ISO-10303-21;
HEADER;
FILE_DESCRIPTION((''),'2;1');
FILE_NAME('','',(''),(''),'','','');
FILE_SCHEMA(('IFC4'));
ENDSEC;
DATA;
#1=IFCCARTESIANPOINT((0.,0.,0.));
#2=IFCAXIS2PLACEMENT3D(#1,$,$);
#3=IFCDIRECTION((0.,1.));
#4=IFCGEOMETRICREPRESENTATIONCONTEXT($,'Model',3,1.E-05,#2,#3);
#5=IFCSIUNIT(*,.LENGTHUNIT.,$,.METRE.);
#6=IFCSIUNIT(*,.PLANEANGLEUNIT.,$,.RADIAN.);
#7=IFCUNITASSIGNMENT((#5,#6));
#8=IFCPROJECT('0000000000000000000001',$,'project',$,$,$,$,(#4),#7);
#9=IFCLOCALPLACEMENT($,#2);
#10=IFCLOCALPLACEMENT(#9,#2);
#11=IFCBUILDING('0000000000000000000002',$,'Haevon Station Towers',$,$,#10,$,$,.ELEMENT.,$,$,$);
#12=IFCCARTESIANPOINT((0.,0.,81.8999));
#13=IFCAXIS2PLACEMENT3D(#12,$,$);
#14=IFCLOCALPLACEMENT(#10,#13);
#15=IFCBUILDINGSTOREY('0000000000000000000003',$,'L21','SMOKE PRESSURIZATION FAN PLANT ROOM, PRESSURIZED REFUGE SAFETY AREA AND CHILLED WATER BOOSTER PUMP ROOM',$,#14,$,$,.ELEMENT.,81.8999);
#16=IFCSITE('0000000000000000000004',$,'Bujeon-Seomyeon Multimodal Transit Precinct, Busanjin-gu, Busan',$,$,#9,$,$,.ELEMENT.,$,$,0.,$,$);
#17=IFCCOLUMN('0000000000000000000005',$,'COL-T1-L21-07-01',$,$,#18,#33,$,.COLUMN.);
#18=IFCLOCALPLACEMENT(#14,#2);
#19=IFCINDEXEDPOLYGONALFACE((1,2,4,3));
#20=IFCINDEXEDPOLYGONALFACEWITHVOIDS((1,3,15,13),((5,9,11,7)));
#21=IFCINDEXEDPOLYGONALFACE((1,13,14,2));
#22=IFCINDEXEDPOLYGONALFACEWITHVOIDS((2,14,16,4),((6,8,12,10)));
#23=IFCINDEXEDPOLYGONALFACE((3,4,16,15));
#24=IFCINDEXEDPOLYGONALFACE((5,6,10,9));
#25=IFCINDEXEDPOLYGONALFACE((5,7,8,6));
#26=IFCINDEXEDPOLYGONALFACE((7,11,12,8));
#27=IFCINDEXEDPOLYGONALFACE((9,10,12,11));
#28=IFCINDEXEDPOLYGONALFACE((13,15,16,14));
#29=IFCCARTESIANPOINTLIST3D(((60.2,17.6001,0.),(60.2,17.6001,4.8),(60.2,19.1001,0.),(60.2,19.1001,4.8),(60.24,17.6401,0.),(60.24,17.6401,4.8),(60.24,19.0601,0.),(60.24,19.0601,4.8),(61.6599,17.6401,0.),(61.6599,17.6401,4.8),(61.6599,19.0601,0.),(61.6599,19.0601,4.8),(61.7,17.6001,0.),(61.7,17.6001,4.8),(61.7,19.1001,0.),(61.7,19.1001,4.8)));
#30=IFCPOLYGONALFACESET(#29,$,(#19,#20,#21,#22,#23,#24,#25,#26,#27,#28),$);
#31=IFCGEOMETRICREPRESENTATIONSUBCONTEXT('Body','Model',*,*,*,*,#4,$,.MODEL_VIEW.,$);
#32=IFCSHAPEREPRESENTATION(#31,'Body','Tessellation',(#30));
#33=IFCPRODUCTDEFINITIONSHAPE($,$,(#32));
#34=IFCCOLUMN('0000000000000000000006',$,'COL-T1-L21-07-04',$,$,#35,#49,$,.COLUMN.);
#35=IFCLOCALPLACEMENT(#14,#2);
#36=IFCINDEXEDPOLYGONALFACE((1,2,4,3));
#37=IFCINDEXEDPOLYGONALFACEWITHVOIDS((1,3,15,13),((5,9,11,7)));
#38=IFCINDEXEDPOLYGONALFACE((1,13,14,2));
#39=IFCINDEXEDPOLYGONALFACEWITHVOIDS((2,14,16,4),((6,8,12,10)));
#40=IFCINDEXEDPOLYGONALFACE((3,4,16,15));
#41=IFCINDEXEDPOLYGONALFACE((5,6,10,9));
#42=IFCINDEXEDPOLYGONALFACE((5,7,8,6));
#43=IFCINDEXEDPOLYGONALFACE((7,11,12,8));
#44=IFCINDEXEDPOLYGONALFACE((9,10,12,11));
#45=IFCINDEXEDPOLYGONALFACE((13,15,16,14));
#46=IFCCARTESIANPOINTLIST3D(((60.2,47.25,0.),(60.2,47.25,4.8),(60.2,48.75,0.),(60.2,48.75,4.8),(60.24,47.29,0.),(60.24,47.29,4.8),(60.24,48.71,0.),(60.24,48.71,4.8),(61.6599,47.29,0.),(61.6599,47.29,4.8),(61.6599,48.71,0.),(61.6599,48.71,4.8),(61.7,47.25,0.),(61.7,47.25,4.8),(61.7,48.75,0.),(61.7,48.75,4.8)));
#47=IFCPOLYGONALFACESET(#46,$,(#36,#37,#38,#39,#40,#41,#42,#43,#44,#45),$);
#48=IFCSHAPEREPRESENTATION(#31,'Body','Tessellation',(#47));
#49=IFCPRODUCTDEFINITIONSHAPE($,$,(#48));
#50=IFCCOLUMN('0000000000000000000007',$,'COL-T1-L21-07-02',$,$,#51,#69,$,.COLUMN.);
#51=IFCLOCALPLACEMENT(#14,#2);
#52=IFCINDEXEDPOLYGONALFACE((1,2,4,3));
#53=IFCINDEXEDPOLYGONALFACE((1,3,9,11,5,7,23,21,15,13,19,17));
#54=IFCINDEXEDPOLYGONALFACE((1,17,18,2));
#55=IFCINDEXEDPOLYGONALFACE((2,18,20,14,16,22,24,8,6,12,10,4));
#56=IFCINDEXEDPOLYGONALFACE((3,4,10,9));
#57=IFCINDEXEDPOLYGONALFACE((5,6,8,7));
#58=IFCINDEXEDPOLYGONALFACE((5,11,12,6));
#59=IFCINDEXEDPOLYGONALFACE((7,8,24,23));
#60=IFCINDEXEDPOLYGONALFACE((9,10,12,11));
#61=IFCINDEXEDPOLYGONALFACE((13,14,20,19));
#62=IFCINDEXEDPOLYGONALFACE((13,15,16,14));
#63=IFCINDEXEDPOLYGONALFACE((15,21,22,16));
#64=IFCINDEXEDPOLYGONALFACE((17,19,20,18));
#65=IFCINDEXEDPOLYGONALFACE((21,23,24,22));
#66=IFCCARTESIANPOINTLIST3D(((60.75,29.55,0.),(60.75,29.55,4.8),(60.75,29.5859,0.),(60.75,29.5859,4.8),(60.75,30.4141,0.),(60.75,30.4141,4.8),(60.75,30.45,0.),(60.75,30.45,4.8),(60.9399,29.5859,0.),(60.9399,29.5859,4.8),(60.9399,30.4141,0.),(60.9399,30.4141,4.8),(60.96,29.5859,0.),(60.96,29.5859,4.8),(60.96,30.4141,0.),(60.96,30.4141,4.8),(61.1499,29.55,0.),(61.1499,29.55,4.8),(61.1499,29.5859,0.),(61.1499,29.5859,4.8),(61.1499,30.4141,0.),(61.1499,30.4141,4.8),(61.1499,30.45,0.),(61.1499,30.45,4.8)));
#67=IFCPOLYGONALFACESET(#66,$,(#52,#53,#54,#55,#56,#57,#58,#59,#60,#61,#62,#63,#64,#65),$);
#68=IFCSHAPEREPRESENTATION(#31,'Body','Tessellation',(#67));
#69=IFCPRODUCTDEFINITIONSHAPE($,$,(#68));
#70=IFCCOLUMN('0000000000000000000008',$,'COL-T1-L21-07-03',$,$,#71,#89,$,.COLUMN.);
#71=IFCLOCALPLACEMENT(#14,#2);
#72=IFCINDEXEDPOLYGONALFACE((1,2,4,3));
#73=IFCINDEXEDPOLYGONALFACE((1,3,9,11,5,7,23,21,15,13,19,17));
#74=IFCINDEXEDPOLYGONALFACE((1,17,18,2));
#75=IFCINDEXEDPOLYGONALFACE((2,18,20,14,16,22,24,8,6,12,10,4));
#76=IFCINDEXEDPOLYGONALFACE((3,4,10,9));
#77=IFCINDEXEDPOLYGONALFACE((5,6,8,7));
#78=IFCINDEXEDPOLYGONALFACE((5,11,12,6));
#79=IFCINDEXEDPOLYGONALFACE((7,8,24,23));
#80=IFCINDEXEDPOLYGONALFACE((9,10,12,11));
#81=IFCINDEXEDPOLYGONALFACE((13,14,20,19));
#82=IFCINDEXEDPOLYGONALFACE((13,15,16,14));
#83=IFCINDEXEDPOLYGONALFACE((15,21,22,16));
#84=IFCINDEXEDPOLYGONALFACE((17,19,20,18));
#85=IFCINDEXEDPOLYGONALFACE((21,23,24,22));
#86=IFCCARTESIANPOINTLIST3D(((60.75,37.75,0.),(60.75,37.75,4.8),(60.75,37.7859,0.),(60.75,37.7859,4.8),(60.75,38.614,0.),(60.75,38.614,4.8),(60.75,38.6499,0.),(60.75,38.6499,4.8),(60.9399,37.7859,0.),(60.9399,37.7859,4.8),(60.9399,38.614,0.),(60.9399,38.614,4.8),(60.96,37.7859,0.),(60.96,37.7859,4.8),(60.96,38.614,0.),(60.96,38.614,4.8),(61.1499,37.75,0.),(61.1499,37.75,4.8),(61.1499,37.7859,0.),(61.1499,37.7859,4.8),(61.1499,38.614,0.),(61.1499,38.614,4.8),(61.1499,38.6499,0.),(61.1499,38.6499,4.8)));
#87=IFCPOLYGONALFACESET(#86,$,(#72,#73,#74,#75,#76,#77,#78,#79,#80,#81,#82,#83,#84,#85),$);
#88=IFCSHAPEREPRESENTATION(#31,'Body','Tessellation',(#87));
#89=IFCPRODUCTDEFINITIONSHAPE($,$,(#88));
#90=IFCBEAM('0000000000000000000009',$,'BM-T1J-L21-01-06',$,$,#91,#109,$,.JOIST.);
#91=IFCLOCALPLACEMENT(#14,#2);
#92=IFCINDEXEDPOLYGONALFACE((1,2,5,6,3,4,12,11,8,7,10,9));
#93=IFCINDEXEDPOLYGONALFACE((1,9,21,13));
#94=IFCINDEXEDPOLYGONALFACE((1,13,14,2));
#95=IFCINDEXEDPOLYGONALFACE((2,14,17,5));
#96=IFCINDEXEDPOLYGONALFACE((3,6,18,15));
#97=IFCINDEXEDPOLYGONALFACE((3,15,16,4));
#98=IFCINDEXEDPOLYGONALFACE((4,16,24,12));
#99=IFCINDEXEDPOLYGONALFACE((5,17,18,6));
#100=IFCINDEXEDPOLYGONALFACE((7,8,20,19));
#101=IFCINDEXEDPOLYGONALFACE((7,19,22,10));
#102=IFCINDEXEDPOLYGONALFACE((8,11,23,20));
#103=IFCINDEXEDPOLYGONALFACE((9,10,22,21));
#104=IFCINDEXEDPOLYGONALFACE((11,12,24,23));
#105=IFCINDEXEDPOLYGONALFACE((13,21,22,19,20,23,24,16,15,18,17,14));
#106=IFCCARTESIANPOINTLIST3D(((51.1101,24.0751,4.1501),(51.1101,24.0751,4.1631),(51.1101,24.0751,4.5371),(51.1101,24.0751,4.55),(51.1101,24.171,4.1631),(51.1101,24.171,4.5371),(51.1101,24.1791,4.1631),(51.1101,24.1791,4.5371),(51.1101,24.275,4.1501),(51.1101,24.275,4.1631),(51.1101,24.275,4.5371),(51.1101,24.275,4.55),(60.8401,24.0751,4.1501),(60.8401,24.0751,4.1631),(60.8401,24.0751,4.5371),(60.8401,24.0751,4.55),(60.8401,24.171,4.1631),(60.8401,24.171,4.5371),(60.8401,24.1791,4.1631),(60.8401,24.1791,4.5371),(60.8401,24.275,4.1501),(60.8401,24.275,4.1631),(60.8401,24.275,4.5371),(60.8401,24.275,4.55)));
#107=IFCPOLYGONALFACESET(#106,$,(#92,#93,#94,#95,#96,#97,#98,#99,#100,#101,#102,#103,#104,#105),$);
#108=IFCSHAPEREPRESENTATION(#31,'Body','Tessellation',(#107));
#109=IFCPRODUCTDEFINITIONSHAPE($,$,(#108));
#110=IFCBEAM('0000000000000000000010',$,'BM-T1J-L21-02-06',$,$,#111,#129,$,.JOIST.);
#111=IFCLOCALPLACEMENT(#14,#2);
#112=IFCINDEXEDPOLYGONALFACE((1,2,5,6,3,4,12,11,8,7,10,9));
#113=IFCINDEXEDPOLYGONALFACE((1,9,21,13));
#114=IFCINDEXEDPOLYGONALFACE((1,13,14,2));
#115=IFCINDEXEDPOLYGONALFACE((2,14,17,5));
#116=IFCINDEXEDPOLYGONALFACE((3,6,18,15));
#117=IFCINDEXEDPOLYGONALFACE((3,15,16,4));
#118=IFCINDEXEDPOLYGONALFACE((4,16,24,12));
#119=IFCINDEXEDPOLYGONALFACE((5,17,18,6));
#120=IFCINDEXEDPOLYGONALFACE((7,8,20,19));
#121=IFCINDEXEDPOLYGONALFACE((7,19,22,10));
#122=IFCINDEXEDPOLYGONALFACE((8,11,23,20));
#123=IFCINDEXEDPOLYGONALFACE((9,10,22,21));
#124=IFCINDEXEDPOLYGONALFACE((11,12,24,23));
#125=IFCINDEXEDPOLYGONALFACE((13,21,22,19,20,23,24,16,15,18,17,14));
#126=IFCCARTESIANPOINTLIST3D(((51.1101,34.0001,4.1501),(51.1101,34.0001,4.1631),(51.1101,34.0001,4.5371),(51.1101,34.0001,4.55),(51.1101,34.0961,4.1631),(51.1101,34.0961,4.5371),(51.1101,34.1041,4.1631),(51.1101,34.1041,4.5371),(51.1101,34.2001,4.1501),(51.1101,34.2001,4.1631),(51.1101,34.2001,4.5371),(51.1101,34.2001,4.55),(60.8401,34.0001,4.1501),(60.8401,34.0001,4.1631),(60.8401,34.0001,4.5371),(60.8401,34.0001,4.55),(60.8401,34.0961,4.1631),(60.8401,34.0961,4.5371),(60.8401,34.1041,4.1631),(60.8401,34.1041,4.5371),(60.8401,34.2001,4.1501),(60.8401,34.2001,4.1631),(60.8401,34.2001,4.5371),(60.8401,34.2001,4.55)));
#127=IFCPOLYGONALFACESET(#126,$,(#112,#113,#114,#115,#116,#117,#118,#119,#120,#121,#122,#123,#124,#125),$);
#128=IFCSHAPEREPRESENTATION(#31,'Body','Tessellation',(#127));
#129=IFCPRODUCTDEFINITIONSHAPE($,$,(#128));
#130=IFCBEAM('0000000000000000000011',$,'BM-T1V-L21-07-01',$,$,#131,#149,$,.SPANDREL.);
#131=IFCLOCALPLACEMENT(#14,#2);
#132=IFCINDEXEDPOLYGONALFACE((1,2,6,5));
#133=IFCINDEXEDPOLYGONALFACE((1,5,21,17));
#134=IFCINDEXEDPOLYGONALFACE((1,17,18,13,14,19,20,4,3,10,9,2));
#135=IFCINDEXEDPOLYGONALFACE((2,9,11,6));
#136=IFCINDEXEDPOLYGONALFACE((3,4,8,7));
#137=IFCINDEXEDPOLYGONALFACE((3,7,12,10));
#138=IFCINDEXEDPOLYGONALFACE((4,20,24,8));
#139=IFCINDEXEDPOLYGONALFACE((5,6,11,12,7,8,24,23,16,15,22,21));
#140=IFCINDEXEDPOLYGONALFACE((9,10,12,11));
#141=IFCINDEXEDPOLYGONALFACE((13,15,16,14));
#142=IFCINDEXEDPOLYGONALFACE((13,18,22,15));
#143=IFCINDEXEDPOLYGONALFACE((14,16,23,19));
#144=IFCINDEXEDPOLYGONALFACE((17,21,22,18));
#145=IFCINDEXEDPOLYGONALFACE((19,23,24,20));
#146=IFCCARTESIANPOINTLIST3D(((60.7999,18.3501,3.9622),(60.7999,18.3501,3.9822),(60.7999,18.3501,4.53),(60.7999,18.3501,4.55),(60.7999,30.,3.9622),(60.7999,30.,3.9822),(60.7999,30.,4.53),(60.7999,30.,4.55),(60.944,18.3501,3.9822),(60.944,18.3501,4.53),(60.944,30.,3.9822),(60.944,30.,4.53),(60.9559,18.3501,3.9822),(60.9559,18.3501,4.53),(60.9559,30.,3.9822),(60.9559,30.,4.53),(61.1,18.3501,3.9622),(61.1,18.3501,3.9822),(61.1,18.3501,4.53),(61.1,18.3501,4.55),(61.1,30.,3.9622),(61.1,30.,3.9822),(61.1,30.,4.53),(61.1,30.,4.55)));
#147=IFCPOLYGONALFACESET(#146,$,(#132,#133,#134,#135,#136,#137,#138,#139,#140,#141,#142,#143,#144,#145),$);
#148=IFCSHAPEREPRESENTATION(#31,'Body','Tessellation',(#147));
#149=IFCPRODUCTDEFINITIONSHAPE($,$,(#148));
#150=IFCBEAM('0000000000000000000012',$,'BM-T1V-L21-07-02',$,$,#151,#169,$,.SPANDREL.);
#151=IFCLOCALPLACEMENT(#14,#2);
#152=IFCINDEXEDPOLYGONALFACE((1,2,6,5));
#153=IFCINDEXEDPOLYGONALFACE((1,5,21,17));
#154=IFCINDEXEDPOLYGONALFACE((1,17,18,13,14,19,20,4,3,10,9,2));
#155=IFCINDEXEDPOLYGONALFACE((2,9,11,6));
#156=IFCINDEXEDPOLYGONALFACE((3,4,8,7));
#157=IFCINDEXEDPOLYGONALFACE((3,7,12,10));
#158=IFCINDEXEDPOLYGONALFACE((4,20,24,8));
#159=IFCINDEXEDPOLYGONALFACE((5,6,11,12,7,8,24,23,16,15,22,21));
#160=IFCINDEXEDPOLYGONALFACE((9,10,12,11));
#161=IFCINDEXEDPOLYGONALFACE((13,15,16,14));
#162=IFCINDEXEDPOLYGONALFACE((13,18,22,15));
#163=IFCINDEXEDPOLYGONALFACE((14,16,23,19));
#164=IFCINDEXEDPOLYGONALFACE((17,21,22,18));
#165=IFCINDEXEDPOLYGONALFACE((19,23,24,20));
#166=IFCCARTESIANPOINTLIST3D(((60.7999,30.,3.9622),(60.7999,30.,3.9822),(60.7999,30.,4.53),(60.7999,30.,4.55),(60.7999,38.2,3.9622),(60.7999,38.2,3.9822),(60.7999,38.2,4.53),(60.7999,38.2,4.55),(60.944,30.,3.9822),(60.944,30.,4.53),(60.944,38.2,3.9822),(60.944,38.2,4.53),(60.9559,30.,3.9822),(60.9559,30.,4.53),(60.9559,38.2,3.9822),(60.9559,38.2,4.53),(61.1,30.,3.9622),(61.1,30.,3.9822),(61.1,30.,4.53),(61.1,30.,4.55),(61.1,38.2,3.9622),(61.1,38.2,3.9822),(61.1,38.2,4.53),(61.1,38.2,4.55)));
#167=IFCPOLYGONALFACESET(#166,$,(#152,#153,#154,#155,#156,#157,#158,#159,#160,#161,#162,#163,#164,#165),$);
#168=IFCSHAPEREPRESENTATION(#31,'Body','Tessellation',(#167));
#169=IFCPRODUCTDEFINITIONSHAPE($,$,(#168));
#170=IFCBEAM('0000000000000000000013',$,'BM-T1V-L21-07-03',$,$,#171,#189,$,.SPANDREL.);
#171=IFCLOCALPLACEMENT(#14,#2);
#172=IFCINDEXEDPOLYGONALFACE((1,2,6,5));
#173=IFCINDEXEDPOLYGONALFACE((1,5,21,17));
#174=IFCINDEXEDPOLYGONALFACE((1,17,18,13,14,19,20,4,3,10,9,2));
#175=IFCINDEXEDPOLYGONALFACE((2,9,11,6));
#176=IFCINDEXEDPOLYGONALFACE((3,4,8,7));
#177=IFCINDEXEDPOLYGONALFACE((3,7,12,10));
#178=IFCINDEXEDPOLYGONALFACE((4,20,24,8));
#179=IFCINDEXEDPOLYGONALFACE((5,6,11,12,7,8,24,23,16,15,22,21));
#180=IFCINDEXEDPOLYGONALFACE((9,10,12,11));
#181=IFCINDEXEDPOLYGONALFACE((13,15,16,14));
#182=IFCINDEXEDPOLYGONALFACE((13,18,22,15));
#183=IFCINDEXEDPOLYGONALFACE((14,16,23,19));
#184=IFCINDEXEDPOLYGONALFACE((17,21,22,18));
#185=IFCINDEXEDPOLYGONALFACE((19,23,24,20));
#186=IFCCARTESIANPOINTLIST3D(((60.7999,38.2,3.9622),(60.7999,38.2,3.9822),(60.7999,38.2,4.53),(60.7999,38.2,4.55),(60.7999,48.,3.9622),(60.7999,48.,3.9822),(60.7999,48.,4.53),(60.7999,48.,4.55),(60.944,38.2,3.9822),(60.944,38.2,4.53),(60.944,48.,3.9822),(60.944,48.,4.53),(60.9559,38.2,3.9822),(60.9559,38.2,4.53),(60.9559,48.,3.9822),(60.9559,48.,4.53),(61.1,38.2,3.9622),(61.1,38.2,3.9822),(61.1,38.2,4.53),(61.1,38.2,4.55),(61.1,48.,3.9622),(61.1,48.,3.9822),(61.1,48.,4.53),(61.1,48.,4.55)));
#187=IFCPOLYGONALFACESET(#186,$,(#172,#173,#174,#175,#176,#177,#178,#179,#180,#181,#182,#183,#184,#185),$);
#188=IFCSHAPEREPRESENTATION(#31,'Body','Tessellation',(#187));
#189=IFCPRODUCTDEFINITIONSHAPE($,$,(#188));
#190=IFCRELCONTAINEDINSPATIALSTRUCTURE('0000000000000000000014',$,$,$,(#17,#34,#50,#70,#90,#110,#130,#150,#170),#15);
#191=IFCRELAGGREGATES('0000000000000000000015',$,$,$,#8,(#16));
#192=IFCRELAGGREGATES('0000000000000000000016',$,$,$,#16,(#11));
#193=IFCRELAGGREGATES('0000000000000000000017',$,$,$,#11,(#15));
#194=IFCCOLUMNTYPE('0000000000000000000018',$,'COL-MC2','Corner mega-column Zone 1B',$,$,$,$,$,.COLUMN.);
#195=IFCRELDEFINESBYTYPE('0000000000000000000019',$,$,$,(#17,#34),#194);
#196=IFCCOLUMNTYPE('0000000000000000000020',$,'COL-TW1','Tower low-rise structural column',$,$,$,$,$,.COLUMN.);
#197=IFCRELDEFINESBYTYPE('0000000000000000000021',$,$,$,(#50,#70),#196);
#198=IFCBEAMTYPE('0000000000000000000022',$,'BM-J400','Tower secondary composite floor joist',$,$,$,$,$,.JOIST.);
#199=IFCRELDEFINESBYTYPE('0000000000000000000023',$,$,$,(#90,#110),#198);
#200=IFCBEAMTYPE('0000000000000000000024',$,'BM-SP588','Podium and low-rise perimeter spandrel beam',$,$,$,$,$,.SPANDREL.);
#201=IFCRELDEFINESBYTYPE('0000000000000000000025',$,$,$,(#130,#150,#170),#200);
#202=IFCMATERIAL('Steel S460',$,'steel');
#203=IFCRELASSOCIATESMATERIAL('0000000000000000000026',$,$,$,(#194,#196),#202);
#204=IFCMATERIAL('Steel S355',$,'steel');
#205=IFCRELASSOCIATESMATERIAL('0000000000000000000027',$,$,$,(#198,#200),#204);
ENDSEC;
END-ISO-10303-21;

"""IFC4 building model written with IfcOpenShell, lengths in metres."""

from ifc_helpers import new_model, si_unit, direction, frame, origin, origin_2d, place, context, subcontext, project, spatial, hollow_rectangle, i_section, extrude, material, material_profile, profile_set, type_object, element, save


model = new_model("IFC4")

# Units and contexts
model_context = context("Model", 3, precision=1e-05, world=origin(), true_north=direction((0.0, 1.0)))
body_context = subcontext(model_context, "Body", "Model", "MODEL_VIEW")
ifc_project = project(units=[si_unit("LENGTHUNIT", "METRE"), si_unit("PLANEANGLEUNIT", "RADIAN")], contexts=[model_context])

# Site, building, storey
site_placement = place(None, origin())
site = spatial("IfcSite", under=ifc_project, at=site_placement, Name="Bujeon-Seomyeon Multimodal Transit Precinct, Busanjin-gu, Busan", CompositionType="ELEMENT", RefElevation=0.0)
building_placement = place(site_placement, origin())
building = spatial("IfcBuilding", under=site, at=building_placement, Name="Haevon Station Towers", CompositionType="ELEMENT")
storey_placement = place(building_placement, frame((0.0, 0.0, 81.8999)))
storey = spatial("IfcBuildingStorey", under=building, at=storey_placement, Name="L21", Description="SMOKE PRESSURIZATION FAN PLANT ROOM, PRESSURIZED REFUGE SAFETY AREA AND CHILLED WATER BOOSTER PUMP ROOM", CompositionType="ELEMENT", Elevation=81.8999)

# Columns
ifc_material_1 = material(Name="Steel S460", Category="steel")
ifc_material_profile_1 = material_profile(ifc_material_1, hollow_rectangle(XDim=1.5, YDim=1.5, WallThickness=0.04, at=origin_2d()), Name="BOX-1500x1500x40")
ifc_profile_set_1 = profile_set([ifc_material_profile_1], Name="Steel S460")
column_type_1 = type_object("IfcColumnType", Name="COL-MC2", Description="Corner mega-column Zone 1B", PredefinedType="COLUMN", material=ifc_profile_set_1)
for number, where, z_axis, x_axis, name in (
    (1, (60.95, 18.3501, 0.0), (0.0, 0.0, 1.0), (1.0, 0.0, 0.0), "COL-T1-L21-07-01"),
    (2, (60.95, 48.0, 0.0), (0.0, 0.0, 1.0), (1.0, 0.0, 0.0), "COL-T1-L21-07-04"),
):
    element("IfcColumn", number, at=place(storey_placement, frame(where, z_axis=z_axis, x_axis=x_axis)), inside=storey, type_object=column_type_1, Name=name, PredefinedType="COLUMN", context=body_context, shape_type="SweptSolid", body=[
        extrude(hollow_rectangle(XDim=1.5, YDim=1.5, WallThickness=0.04, at=origin_2d()), origin(), (0.0, 0.0, 1.0), 4.8),
    ])
ifc_material_profile_2 = material_profile(ifc_material_1, i_section(OverallWidth=0.3999, OverallDepth=0.8999, WebThickness=0.02, FlangeThickness=0.0359, at=origin_2d()), Name="H-900x400x20x36")
ifc_profile_set_2 = profile_set([ifc_material_profile_2], Name="Steel S460")
column_type_2 = type_object("IfcColumnType", Name="COL-TW1", Description="Tower low-rise structural column", PredefinedType="COLUMN", material=ifc_profile_set_2)
for number, where, z_axis, x_axis, name in (
    (3, (60.95, 30.0, 0.0), (0.0, 0.0, 1.0), (1.0, 0.0, 0.0), "COL-T1-L21-07-02"),
    (4, (60.95, 38.2, 0.0), (0.0, 0.0, 1.0), (1.0, 0.0, 0.0), "COL-T1-L21-07-03"),
):
    element("IfcColumn", number, at=place(storey_placement, frame(where, z_axis=z_axis, x_axis=x_axis)), inside=storey, type_object=column_type_2, Name=name, PredefinedType="COLUMN", context=body_context, shape_type="SweptSolid", body=[
        extrude(i_section(OverallWidth=0.3999, OverallDepth=0.8999, WebThickness=0.02, FlangeThickness=0.0359, at=origin_2d()), origin(), (0.0, 0.0, 1.0), 4.8),
    ])

# Beams
ifc_material_2 = material(Name="Steel S355", Category="steel")
ifc_material_profile_3 = material_profile(ifc_material_2, i_section(OverallWidth=0.2, OverallDepth=0.3999, WebThickness=0.0081, FlangeThickness=0.0129, at=origin_2d()), Name="H-400x200x8x13")
ifc_profile_set_3 = profile_set([ifc_material_profile_3], Name="Steel S355")
beam_type_1 = type_object("IfcBeamType", Name="BM-J400", Description="Tower secondary composite floor joist", PredefinedType="JOIST", material=ifc_profile_set_3)
for number, where, z_axis, x_axis, name in (
    (5, (51.1101, 24.175, 4.3501), (1.0, 0.0, 0.0), (0.0, 1.0, 0.0), "BM-T1J-L21-01-06"),
    (6, (51.1101, 34.1001, 4.3501), (1.0, 0.0, 0.0), (0.0, 1.0, 0.0), "BM-T1J-L21-02-06"),
):
    element("IfcBeam", number, at=place(storey_placement, frame(where, z_axis=z_axis, x_axis=x_axis)), inside=storey, type_object=beam_type_1, Name=name, PredefinedType="JOIST", context=body_context, shape_type="SweptSolid", body=[
        extrude(i_section(OverallWidth=0.2, OverallDepth=0.3999, WebThickness=0.0081, FlangeThickness=0.0129, at=origin_2d()), origin(), (0.0, 0.0, 1.0), 9.73),
    ])
ifc_material_profile_4 = material_profile(ifc_material_2, i_section(OverallWidth=0.3, OverallDepth=0.5879, WebThickness=0.012, FlangeThickness=0.02, at=origin_2d()), Name="H-588x300x12x20")
ifc_profile_set_4 = profile_set([ifc_material_profile_4], Name="Steel S355")
beam_type_2 = type_object("IfcBeamType", Name="BM-SP588", Description="Podium and low-rise perimeter spandrel beam", PredefinedType="SPANDREL", material=ifc_profile_set_4)
beam_1_placement = place(storey_placement, frame((60.95, 18.3501, 4.2561), z_axis=(0.0, 1.0, 0.0), x_axis=(-1.0, 0.0, 0.0)))
element("IfcBeam", 7, at=beam_1_placement, inside=storey, type_object=beam_type_2, Name="BM-T1V-L21-07-01", PredefinedType="SPANDREL", context=body_context, shape_type="SweptSolid", body=[
    extrude(i_section(OverallWidth=0.3, OverallDepth=0.5879, WebThickness=0.012, FlangeThickness=0.02, at=origin_2d()), origin(), (0.0, 0.0, 1.0), 11.6499),
])
beam_2_placement = place(storey_placement, frame((60.95, 30.0, 4.2561), z_axis=(0.0, 1.0, 0.0), x_axis=(-1.0, 0.0, 0.0)))
element("IfcBeam", 8, at=beam_2_placement, inside=storey, type_object=beam_type_2, Name="BM-T1V-L21-07-02", PredefinedType="SPANDREL", context=body_context, shape_type="SweptSolid", body=[
    extrude(i_section(OverallWidth=0.3, OverallDepth=0.5879, WebThickness=0.012, FlangeThickness=0.02, at=origin_2d()), origin(), (0.0, 0.0, 1.0), 8.2),
])
beam_3_placement = place(storey_placement, frame((60.95, 38.2, 4.2561), z_axis=(0.0, 1.0, 0.0), x_axis=(-1.0, 0.0, 0.0)))
element("IfcBeam", 9, at=beam_3_placement, inside=storey, type_object=beam_type_2, Name="BM-T1V-L21-07-03", PredefinedType="SPANDREL", context=body_context, shape_type="SweptSolid", body=[
    extrude(i_section(OverallWidth=0.3, OverallDepth=0.5879, WebThickness=0.012, FlangeThickness=0.02, at=origin_2d()), origin(), (0.0, 0.0, 1.0), 9.8),
])

save(model, "model.ifc")
